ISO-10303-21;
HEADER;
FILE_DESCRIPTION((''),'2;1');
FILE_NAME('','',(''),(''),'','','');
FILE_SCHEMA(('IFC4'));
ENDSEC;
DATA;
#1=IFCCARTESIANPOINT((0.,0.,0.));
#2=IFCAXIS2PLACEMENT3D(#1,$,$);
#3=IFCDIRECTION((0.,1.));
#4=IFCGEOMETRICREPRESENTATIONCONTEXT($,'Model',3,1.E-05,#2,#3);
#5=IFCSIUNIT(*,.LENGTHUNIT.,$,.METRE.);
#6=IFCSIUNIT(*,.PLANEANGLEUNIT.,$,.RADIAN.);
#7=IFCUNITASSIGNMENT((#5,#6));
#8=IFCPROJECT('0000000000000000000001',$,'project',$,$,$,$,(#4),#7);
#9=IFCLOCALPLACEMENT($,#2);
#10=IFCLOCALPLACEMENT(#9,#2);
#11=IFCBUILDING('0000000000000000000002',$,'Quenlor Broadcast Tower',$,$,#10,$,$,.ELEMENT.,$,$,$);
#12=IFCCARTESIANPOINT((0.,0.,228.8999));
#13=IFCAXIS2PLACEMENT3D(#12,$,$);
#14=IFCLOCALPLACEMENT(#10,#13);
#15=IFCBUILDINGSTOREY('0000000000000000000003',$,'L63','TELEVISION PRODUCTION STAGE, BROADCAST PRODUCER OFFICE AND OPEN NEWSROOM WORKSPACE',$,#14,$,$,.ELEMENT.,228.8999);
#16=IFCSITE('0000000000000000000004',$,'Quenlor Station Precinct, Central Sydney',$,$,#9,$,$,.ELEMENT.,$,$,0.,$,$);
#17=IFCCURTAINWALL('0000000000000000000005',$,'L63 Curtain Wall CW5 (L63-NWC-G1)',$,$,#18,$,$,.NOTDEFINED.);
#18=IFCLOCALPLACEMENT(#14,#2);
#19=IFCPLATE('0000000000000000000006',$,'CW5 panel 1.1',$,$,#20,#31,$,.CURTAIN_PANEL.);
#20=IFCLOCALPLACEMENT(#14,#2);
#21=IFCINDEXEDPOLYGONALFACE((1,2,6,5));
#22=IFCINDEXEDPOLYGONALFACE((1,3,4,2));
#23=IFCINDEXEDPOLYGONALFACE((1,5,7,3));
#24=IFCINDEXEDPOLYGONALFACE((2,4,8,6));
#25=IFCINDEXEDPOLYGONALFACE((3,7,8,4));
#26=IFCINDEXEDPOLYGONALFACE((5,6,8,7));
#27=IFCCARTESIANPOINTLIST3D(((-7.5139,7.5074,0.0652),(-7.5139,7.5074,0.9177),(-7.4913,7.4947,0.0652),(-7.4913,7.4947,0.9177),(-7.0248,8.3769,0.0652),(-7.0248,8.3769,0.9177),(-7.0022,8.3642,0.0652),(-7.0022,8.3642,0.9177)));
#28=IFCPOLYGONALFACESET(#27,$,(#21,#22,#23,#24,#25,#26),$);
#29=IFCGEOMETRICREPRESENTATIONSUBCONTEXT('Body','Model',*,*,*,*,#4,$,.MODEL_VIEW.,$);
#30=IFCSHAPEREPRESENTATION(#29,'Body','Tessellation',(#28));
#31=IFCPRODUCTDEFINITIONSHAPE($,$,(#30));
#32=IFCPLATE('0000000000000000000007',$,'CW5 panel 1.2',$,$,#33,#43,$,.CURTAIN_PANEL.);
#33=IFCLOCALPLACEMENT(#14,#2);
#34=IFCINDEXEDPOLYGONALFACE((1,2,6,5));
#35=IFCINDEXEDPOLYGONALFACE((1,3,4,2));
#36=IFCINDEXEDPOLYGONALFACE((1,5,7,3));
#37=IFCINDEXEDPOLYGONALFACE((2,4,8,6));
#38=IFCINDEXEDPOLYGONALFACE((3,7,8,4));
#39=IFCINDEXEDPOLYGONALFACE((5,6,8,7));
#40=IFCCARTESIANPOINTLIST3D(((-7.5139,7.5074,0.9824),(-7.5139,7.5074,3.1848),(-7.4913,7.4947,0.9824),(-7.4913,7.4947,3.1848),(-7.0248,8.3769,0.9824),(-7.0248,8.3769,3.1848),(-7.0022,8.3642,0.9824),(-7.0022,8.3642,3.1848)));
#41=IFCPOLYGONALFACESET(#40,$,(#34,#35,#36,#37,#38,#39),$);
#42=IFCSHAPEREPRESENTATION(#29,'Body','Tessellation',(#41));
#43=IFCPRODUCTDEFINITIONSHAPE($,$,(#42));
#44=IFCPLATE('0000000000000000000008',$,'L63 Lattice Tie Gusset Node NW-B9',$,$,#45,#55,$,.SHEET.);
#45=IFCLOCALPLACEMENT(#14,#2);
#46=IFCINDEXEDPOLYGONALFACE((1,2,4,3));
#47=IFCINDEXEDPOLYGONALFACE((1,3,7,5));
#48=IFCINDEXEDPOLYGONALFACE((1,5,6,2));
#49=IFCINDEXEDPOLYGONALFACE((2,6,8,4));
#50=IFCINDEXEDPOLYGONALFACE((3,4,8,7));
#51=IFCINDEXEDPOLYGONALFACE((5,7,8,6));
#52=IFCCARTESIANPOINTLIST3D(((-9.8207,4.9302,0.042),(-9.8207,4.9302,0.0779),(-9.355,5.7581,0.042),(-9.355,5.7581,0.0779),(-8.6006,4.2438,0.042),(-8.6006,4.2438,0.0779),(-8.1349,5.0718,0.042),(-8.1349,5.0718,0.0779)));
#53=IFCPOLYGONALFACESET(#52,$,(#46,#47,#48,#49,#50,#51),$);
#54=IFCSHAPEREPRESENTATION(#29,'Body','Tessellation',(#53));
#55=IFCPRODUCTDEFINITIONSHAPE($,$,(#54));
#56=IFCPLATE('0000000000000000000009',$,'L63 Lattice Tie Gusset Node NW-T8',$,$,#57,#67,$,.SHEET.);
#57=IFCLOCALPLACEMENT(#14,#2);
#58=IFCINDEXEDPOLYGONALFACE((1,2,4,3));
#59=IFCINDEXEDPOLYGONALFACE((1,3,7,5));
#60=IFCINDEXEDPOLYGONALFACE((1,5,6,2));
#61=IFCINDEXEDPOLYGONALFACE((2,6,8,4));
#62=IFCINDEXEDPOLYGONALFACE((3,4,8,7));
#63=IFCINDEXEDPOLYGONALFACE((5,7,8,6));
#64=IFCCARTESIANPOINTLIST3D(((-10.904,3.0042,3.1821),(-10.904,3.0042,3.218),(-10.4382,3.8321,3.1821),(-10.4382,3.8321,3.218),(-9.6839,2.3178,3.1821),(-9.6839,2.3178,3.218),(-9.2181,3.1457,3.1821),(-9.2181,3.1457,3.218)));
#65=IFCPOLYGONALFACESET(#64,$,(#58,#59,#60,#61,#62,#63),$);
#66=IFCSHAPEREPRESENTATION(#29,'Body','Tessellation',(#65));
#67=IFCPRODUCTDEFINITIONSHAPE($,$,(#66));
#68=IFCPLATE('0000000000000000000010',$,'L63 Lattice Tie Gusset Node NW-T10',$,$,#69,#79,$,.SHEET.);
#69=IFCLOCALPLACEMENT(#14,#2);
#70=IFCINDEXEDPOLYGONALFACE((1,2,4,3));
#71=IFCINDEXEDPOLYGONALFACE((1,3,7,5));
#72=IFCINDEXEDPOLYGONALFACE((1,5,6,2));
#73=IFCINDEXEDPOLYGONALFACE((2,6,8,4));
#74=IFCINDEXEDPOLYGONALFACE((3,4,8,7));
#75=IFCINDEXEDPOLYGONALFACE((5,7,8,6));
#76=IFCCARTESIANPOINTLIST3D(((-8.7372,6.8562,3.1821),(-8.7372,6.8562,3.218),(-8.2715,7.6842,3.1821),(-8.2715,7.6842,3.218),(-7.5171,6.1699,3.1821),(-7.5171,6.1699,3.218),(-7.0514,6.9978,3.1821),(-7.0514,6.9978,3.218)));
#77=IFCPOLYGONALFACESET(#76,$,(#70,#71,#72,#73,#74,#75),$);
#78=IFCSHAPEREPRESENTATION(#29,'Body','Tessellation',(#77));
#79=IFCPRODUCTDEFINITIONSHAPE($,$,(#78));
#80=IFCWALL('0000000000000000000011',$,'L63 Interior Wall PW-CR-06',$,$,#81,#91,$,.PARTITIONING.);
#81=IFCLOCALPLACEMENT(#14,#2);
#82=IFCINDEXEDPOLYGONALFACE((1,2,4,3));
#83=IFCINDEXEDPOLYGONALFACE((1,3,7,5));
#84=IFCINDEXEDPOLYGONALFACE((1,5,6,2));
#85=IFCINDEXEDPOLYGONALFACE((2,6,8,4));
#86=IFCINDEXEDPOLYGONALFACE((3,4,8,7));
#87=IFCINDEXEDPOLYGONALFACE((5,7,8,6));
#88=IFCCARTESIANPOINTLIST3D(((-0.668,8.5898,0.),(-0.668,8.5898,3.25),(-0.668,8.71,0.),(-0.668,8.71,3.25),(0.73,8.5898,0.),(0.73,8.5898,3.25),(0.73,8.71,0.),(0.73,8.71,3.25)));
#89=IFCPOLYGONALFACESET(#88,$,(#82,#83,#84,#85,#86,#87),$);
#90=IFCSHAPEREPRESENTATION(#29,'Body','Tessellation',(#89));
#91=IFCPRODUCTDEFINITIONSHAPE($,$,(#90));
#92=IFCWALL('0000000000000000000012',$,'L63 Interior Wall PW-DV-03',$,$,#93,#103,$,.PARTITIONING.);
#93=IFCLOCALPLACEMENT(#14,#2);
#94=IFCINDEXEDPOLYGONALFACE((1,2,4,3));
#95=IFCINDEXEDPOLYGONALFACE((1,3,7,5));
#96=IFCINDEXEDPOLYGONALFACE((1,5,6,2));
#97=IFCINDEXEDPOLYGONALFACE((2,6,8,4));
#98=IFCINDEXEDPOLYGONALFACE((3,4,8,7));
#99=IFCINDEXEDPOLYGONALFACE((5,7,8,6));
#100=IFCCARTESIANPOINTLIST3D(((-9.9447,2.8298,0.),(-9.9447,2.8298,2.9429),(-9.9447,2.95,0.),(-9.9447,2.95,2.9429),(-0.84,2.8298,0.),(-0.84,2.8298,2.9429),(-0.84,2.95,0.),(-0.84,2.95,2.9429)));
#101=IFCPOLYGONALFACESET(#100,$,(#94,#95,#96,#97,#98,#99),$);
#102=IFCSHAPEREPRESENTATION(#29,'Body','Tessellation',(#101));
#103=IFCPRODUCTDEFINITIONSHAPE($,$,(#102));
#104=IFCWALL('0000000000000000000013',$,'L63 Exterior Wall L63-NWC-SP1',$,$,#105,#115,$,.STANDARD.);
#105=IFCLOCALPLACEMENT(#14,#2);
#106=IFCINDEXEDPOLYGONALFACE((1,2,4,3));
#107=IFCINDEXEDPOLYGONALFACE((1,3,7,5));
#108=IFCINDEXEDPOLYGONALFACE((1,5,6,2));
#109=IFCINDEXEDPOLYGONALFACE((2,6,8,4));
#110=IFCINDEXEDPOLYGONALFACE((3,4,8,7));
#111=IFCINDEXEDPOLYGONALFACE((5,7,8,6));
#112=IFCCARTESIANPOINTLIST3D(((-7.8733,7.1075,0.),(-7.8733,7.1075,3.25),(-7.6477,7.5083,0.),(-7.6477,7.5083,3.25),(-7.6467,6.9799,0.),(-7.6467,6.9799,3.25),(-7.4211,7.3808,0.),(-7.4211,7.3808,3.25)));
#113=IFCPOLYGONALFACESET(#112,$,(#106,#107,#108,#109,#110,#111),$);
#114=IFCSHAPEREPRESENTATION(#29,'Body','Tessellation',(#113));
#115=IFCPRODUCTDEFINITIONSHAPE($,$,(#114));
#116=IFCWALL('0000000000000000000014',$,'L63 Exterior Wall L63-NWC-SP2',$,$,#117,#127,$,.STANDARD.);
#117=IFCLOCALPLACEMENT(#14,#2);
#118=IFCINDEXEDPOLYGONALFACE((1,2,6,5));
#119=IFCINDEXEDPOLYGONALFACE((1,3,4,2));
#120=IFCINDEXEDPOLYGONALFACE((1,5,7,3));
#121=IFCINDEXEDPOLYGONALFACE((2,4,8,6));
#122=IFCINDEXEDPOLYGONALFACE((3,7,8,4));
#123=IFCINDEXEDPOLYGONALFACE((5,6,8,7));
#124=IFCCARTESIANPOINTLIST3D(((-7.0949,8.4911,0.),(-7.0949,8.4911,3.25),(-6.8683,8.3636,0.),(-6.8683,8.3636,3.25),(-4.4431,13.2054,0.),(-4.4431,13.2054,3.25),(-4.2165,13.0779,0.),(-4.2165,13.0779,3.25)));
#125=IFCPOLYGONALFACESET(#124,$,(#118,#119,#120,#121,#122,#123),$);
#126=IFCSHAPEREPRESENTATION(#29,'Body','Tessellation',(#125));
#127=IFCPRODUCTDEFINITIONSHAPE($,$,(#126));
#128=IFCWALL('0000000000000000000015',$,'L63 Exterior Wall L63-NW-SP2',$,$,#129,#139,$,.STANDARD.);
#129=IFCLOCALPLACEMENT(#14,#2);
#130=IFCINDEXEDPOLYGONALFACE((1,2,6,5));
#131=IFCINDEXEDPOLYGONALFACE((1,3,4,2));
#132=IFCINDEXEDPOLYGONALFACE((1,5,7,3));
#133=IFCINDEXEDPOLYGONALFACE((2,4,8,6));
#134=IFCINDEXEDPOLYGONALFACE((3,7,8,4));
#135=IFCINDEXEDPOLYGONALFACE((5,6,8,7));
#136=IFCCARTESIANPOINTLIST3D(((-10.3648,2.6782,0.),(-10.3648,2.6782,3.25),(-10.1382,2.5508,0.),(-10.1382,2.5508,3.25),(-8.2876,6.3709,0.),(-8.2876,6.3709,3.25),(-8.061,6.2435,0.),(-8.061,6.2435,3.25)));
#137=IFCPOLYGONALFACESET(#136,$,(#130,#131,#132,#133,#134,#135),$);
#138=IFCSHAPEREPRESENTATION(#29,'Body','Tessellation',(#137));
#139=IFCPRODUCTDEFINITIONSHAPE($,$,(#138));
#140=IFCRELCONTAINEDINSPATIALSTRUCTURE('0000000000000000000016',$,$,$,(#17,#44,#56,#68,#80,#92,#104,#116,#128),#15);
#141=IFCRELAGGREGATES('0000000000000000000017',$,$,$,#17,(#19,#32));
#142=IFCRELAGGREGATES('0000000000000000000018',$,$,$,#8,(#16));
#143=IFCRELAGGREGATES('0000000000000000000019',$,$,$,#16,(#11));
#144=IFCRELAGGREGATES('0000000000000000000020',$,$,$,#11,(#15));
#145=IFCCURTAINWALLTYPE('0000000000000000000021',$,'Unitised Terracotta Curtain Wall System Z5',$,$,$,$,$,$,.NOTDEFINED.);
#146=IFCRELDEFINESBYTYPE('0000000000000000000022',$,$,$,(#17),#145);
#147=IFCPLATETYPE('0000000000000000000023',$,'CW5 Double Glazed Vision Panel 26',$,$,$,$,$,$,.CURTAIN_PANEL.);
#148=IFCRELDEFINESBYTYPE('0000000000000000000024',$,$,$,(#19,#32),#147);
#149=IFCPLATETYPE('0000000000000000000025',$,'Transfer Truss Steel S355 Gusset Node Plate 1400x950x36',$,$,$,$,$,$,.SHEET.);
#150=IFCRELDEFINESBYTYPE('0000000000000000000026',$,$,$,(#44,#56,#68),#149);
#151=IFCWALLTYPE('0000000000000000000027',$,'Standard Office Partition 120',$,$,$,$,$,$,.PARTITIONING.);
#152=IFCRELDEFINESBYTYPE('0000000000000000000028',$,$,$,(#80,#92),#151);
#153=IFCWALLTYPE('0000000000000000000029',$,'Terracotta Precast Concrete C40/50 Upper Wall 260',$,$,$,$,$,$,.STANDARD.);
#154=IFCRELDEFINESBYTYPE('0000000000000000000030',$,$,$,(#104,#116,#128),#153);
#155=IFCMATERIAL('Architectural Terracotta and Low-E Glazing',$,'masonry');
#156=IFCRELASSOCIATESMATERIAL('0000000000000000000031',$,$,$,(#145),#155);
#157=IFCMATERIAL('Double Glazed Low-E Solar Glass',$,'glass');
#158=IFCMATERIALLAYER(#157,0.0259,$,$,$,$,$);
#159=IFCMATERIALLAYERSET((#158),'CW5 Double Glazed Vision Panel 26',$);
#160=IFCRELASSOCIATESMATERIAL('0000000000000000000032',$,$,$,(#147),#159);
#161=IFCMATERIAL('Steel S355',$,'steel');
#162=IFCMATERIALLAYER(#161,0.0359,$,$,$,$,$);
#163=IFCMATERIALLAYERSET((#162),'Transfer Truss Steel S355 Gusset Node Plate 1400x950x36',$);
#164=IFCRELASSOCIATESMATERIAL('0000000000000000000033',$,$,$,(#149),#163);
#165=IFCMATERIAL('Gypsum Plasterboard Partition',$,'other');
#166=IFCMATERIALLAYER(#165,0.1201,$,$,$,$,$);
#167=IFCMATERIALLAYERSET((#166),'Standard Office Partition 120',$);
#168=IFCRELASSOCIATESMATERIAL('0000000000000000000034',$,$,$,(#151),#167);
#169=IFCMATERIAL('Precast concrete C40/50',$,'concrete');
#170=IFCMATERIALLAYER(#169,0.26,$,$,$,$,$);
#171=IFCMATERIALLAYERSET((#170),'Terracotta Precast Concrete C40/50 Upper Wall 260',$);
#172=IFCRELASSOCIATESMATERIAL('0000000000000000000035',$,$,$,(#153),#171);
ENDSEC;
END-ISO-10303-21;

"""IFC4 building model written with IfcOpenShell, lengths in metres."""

from ifc_helpers import new_model, si_unit, direction, frame, frame_2d, origin, origin_2d, place, context, subcontext, project, spatial, rectangle, extrude, material, layer, layer_set, type_object, element, aggregate, save


model = new_model("IFC4")

# Units and contexts
model_context = context("Model", 3, precision=1e-05, world=origin(), true_north=direction((0.0, 1.0)))
body_context = subcontext(model_context, "Body", "Model", "MODEL_VIEW")
ifc_project = project(units=[si_unit("LENGTHUNIT", "METRE"), si_unit("PLANEANGLEUNIT", "RADIAN")], contexts=[model_context])

# Site, building, storey
site_placement = place(None, origin())
site = spatial("IfcSite", under=ifc_project, at=site_placement, Name="Quenlor Station Precinct, Central Sydney", CompositionType="ELEMENT", RefElevation=0.0)
building_placement = place(site_placement, origin())
building = spatial("IfcBuilding", under=site, at=building_placement, Name="Quenlor Broadcast Tower", CompositionType="ELEMENT")
storey_placement = place(building_placement, frame((0.0, 0.0, 228.8999)))
storey = spatial("IfcBuildingStorey", under=building, at=storey_placement, Name="L63", Description="TELEVISION PRODUCTION STAGE, BROADCAST PRODUCER OFFICE AND OPEN NEWSROOM WORKSPACE", CompositionType="ELEMENT", Elevation=228.8999)

# Curtain wall
ifc_material_1 = material(Name="Architectural Terracotta and Low-E Glazing", Category="masonry")
curtain_wall_type = type_object("IfcCurtainWallType", Name="Unitised Terracotta Curtain Wall System Z5", PredefinedType="NOTDEFINED", material=ifc_material_1)
curtain_wall_placement = place(storey_placement, origin())
curtain_wall = element("IfcCurtainWall", 1, at=curtain_wall_placement, inside=storey, type_object=curtain_wall_type, Name="L63 Curtain Wall CW5 (L63-NWC-G1)", PredefinedType="NOTDEFINED")

# Plates
ifc_material_2 = material(Name="Double Glazed Low-E Solar Glass", Category="glass")
ifc_layer_1 = layer(ifc_material_2, 0.0259)
ifc_layer_set_1 = layer_set([ifc_layer_1], Name="CW5 Double Glazed Vision Panel 26")
plate_type_1 = type_object("IfcPlateType", Name="CW5 Double Glazed Vision Panel 26", PredefinedType="CURTAIN_PANEL", material=ifc_layer_set_1)
plate_1_placement = place(storey_placement, frame((-7.2581, 7.9358, 0.0652), z_axis=(0.0, 0.0, 1.0), x_axis=(0.490282, 0.871564, 0.0)))
plate_1 = element("IfcPlate", 2, at=plate_1_placement, type_object=plate_type_1, Name="CW5 panel 1.1", PredefinedType="CURTAIN_PANEL", context=body_context, shape_type="SweptSolid", body=[
    extrude(rectangle(XDim=0.9976, YDim=0.0259, at=origin_2d()), origin(), (0.0, 0.0, 1.0), 0.8525),
])
plate_2_placement = place(storey_placement, frame((-7.2581, 7.9358, 0.9824), z_axis=(0.0, 0.0, 1.0), x_axis=(0.490282, 0.871564, 0.0)))
plate_2 = element("IfcPlate", 3, at=plate_2_placement, type_object=plate_type_1, Name="CW5 panel 1.2", PredefinedType="CURTAIN_PANEL", context=body_context, shape_type="SweptSolid", body=[
    extrude(rectangle(XDim=0.9976, YDim=0.0259, at=origin_2d()), origin(), (0.0, 0.0, 1.0), 2.2024),
])
aggregate(curtain_wall, [plate_1, plate_2])

# Plates
ifc_material_3 = material(Name="Steel S355", Category="steel")
ifc_layer_2 = layer(ifc_material_3, 0.0359)
ifc_layer_set_2 = layer_set([ifc_layer_2], Name="Transfer Truss Steel S355 Gusset Node Plate 1400x950x36")
plate_type_2 = type_object("IfcPlateType", Name="Transfer Truss Steel S355 Gusset Node Plate 1400x950x36", PredefinedType="SHEET", material=ifc_layer_set_2)
for number, where, z_axis, x_axis, name in (
    (4, (-8.9778, 5.001, 0.042), (0.0, 0.0, 1.0), (-0.871556, 0.490295, 0.0), "L63 Lattice Tie Gusset Node NW-B9"),
    (5, (-10.061, 3.075, 3.1821), (0.0, 0.0, 1.0), (-0.871556, 0.490295, 0.0), "L63 Lattice Tie Gusset Node NW-T8"),
    (6, (-7.8943, 6.927, 3.1821), (0.0, 0.0, 1.0), (-0.871556, 0.490295, 0.0), "L63 Lattice Tie Gusset Node NW-T10"),
):
    element("IfcPlate", number, at=place(storey_placement, frame(where, z_axis=z_axis, x_axis=x_axis)), inside=storey, type_object=plate_type_2, Name=name, PredefinedType="SHEET", context=body_context, shape_type="SweptSolid", body=[
        extrude(rectangle(XDim=1.3999, YDim=0.95, at=origin_2d()), origin(), (0.0, 0.0, 1.0), 0.0359),
    ])

# Walls
ifc_material_4 = material(Name="Gypsum Plasterboard Partition", Category="other")
ifc_layer_3 = layer(ifc_material_4, 0.1201)
ifc_layer_set_3 = layer_set([ifc_layer_3], Name="Standard Office Partition 120")
wall_type_1 = type_object("IfcWallType", Name="Standard Office Partition 120", PredefinedType="PARTITIONING", material=ifc_layer_set_3)
wall_1_placement = place(storey_placement, frame((-0.668, 8.6499, 0.0), z_axis=(0.0, 0.0, 1.0), x_axis=(1.0, 0.0, 0.0)))
element("IfcWall", 7, at=wall_1_placement, inside=storey, type_object=wall_type_1, Name="L63 Interior Wall PW-CR-06", PredefinedType="PARTITIONING", context=body_context, shape_type="SweptSolid", body=[
    extrude(rectangle(XDim=1.3979, YDim=0.1201, at=frame_2d((0.699, 0.0))), origin(), (0.0, 0.0, 1.0), 3.25),
])
wall_2_placement = place(storey_placement, frame((-0.8401, 2.8899, 0.0), z_axis=(0.0, 0.0, 1.0), x_axis=(-1.0, 0.0, 0.0)))
element("IfcWall", 8, at=wall_2_placement, inside=storey, type_object=wall_type_1, Name="L63 Interior Wall PW-DV-03", PredefinedType="PARTITIONING", context=body_context, shape_type="SweptSolid", body=[
    extrude(rectangle(XDim=9.1047, YDim=0.1201, at=frame_2d((4.5522, 0.0))), origin(), (0.0, 0.0, 1.0), 2.9429),
])
ifc_material_5 = material(Name="Precast concrete C40/50", Category="concrete")
ifc_layer_4 = layer(ifc_material_5, 0.26)
ifc_layer_set_4 = layer_set([ifc_layer_4], Name="Terracotta Precast Concrete C40/50 Upper Wall 260")
wall_type_2 = type_object("IfcWallType", Name="Terracotta Precast Concrete C40/50 Upper Wall 260", PredefinedType="STANDARD", material=ifc_layer_set_4)
wall_3_placement = place(storey_placement, frame((-7.76, 7.0437, 0.0), z_axis=(0.0, 0.0, 1.0), x_axis=(0.490412, 0.87149, 0.0)))
element("IfcWall", 9, at=wall_3_placement, inside=storey, type_object=wall_type_2, Name="L63 Exterior Wall L63-NWC-SP1", PredefinedType="STANDARD", context=body_context, shape_type="SweptSolid", body=[
    extrude(rectangle(XDim=0.46, YDim=0.26, at=frame_2d((0.23, 0.0))), origin(), (0.0, 0.0, 1.0), 3.25),
])
wall_4_placement = place(storey_placement, frame((-6.9817, 8.4272, 0.0), z_axis=(0.0, 0.0, 1.0), x_axis=(0.490266, 0.871573, 0.0)))
element("IfcWall", 10, at=wall_4_placement, inside=storey, type_object=wall_type_2, Name="L63 Exterior Wall L63-NWC-SP2", PredefinedType="STANDARD", context=body_context, shape_type="SweptSolid", body=[
    extrude(rectangle(XDim=5.4089, YDim=0.26, at=frame_2d((2.7046, 0.0))), origin(), (0.0, 0.0, 1.0), 3.25),
])
wall_5_placement = place(storey_placement, frame((-10.2515, 2.6145, 0.0), z_axis=(0.0, 0.0, 1.0), x_axis=(0.490269, 0.871571, 0.0)))
element("IfcWall", 11, at=wall_5_placement, inside=storey, type_object=wall_type_2, Name="L63 Exterior Wall L63-NW-SP2", PredefinedType="STANDARD", context=body_context, shape_type="SweptSolid", body=[
    extrude(rectangle(XDim=4.2368, YDim=0.26, at=frame_2d((2.1184, 0.0))), origin(), (0.0, 0.0, 1.0), 3.25),
])

save(model, "model.ifc")
